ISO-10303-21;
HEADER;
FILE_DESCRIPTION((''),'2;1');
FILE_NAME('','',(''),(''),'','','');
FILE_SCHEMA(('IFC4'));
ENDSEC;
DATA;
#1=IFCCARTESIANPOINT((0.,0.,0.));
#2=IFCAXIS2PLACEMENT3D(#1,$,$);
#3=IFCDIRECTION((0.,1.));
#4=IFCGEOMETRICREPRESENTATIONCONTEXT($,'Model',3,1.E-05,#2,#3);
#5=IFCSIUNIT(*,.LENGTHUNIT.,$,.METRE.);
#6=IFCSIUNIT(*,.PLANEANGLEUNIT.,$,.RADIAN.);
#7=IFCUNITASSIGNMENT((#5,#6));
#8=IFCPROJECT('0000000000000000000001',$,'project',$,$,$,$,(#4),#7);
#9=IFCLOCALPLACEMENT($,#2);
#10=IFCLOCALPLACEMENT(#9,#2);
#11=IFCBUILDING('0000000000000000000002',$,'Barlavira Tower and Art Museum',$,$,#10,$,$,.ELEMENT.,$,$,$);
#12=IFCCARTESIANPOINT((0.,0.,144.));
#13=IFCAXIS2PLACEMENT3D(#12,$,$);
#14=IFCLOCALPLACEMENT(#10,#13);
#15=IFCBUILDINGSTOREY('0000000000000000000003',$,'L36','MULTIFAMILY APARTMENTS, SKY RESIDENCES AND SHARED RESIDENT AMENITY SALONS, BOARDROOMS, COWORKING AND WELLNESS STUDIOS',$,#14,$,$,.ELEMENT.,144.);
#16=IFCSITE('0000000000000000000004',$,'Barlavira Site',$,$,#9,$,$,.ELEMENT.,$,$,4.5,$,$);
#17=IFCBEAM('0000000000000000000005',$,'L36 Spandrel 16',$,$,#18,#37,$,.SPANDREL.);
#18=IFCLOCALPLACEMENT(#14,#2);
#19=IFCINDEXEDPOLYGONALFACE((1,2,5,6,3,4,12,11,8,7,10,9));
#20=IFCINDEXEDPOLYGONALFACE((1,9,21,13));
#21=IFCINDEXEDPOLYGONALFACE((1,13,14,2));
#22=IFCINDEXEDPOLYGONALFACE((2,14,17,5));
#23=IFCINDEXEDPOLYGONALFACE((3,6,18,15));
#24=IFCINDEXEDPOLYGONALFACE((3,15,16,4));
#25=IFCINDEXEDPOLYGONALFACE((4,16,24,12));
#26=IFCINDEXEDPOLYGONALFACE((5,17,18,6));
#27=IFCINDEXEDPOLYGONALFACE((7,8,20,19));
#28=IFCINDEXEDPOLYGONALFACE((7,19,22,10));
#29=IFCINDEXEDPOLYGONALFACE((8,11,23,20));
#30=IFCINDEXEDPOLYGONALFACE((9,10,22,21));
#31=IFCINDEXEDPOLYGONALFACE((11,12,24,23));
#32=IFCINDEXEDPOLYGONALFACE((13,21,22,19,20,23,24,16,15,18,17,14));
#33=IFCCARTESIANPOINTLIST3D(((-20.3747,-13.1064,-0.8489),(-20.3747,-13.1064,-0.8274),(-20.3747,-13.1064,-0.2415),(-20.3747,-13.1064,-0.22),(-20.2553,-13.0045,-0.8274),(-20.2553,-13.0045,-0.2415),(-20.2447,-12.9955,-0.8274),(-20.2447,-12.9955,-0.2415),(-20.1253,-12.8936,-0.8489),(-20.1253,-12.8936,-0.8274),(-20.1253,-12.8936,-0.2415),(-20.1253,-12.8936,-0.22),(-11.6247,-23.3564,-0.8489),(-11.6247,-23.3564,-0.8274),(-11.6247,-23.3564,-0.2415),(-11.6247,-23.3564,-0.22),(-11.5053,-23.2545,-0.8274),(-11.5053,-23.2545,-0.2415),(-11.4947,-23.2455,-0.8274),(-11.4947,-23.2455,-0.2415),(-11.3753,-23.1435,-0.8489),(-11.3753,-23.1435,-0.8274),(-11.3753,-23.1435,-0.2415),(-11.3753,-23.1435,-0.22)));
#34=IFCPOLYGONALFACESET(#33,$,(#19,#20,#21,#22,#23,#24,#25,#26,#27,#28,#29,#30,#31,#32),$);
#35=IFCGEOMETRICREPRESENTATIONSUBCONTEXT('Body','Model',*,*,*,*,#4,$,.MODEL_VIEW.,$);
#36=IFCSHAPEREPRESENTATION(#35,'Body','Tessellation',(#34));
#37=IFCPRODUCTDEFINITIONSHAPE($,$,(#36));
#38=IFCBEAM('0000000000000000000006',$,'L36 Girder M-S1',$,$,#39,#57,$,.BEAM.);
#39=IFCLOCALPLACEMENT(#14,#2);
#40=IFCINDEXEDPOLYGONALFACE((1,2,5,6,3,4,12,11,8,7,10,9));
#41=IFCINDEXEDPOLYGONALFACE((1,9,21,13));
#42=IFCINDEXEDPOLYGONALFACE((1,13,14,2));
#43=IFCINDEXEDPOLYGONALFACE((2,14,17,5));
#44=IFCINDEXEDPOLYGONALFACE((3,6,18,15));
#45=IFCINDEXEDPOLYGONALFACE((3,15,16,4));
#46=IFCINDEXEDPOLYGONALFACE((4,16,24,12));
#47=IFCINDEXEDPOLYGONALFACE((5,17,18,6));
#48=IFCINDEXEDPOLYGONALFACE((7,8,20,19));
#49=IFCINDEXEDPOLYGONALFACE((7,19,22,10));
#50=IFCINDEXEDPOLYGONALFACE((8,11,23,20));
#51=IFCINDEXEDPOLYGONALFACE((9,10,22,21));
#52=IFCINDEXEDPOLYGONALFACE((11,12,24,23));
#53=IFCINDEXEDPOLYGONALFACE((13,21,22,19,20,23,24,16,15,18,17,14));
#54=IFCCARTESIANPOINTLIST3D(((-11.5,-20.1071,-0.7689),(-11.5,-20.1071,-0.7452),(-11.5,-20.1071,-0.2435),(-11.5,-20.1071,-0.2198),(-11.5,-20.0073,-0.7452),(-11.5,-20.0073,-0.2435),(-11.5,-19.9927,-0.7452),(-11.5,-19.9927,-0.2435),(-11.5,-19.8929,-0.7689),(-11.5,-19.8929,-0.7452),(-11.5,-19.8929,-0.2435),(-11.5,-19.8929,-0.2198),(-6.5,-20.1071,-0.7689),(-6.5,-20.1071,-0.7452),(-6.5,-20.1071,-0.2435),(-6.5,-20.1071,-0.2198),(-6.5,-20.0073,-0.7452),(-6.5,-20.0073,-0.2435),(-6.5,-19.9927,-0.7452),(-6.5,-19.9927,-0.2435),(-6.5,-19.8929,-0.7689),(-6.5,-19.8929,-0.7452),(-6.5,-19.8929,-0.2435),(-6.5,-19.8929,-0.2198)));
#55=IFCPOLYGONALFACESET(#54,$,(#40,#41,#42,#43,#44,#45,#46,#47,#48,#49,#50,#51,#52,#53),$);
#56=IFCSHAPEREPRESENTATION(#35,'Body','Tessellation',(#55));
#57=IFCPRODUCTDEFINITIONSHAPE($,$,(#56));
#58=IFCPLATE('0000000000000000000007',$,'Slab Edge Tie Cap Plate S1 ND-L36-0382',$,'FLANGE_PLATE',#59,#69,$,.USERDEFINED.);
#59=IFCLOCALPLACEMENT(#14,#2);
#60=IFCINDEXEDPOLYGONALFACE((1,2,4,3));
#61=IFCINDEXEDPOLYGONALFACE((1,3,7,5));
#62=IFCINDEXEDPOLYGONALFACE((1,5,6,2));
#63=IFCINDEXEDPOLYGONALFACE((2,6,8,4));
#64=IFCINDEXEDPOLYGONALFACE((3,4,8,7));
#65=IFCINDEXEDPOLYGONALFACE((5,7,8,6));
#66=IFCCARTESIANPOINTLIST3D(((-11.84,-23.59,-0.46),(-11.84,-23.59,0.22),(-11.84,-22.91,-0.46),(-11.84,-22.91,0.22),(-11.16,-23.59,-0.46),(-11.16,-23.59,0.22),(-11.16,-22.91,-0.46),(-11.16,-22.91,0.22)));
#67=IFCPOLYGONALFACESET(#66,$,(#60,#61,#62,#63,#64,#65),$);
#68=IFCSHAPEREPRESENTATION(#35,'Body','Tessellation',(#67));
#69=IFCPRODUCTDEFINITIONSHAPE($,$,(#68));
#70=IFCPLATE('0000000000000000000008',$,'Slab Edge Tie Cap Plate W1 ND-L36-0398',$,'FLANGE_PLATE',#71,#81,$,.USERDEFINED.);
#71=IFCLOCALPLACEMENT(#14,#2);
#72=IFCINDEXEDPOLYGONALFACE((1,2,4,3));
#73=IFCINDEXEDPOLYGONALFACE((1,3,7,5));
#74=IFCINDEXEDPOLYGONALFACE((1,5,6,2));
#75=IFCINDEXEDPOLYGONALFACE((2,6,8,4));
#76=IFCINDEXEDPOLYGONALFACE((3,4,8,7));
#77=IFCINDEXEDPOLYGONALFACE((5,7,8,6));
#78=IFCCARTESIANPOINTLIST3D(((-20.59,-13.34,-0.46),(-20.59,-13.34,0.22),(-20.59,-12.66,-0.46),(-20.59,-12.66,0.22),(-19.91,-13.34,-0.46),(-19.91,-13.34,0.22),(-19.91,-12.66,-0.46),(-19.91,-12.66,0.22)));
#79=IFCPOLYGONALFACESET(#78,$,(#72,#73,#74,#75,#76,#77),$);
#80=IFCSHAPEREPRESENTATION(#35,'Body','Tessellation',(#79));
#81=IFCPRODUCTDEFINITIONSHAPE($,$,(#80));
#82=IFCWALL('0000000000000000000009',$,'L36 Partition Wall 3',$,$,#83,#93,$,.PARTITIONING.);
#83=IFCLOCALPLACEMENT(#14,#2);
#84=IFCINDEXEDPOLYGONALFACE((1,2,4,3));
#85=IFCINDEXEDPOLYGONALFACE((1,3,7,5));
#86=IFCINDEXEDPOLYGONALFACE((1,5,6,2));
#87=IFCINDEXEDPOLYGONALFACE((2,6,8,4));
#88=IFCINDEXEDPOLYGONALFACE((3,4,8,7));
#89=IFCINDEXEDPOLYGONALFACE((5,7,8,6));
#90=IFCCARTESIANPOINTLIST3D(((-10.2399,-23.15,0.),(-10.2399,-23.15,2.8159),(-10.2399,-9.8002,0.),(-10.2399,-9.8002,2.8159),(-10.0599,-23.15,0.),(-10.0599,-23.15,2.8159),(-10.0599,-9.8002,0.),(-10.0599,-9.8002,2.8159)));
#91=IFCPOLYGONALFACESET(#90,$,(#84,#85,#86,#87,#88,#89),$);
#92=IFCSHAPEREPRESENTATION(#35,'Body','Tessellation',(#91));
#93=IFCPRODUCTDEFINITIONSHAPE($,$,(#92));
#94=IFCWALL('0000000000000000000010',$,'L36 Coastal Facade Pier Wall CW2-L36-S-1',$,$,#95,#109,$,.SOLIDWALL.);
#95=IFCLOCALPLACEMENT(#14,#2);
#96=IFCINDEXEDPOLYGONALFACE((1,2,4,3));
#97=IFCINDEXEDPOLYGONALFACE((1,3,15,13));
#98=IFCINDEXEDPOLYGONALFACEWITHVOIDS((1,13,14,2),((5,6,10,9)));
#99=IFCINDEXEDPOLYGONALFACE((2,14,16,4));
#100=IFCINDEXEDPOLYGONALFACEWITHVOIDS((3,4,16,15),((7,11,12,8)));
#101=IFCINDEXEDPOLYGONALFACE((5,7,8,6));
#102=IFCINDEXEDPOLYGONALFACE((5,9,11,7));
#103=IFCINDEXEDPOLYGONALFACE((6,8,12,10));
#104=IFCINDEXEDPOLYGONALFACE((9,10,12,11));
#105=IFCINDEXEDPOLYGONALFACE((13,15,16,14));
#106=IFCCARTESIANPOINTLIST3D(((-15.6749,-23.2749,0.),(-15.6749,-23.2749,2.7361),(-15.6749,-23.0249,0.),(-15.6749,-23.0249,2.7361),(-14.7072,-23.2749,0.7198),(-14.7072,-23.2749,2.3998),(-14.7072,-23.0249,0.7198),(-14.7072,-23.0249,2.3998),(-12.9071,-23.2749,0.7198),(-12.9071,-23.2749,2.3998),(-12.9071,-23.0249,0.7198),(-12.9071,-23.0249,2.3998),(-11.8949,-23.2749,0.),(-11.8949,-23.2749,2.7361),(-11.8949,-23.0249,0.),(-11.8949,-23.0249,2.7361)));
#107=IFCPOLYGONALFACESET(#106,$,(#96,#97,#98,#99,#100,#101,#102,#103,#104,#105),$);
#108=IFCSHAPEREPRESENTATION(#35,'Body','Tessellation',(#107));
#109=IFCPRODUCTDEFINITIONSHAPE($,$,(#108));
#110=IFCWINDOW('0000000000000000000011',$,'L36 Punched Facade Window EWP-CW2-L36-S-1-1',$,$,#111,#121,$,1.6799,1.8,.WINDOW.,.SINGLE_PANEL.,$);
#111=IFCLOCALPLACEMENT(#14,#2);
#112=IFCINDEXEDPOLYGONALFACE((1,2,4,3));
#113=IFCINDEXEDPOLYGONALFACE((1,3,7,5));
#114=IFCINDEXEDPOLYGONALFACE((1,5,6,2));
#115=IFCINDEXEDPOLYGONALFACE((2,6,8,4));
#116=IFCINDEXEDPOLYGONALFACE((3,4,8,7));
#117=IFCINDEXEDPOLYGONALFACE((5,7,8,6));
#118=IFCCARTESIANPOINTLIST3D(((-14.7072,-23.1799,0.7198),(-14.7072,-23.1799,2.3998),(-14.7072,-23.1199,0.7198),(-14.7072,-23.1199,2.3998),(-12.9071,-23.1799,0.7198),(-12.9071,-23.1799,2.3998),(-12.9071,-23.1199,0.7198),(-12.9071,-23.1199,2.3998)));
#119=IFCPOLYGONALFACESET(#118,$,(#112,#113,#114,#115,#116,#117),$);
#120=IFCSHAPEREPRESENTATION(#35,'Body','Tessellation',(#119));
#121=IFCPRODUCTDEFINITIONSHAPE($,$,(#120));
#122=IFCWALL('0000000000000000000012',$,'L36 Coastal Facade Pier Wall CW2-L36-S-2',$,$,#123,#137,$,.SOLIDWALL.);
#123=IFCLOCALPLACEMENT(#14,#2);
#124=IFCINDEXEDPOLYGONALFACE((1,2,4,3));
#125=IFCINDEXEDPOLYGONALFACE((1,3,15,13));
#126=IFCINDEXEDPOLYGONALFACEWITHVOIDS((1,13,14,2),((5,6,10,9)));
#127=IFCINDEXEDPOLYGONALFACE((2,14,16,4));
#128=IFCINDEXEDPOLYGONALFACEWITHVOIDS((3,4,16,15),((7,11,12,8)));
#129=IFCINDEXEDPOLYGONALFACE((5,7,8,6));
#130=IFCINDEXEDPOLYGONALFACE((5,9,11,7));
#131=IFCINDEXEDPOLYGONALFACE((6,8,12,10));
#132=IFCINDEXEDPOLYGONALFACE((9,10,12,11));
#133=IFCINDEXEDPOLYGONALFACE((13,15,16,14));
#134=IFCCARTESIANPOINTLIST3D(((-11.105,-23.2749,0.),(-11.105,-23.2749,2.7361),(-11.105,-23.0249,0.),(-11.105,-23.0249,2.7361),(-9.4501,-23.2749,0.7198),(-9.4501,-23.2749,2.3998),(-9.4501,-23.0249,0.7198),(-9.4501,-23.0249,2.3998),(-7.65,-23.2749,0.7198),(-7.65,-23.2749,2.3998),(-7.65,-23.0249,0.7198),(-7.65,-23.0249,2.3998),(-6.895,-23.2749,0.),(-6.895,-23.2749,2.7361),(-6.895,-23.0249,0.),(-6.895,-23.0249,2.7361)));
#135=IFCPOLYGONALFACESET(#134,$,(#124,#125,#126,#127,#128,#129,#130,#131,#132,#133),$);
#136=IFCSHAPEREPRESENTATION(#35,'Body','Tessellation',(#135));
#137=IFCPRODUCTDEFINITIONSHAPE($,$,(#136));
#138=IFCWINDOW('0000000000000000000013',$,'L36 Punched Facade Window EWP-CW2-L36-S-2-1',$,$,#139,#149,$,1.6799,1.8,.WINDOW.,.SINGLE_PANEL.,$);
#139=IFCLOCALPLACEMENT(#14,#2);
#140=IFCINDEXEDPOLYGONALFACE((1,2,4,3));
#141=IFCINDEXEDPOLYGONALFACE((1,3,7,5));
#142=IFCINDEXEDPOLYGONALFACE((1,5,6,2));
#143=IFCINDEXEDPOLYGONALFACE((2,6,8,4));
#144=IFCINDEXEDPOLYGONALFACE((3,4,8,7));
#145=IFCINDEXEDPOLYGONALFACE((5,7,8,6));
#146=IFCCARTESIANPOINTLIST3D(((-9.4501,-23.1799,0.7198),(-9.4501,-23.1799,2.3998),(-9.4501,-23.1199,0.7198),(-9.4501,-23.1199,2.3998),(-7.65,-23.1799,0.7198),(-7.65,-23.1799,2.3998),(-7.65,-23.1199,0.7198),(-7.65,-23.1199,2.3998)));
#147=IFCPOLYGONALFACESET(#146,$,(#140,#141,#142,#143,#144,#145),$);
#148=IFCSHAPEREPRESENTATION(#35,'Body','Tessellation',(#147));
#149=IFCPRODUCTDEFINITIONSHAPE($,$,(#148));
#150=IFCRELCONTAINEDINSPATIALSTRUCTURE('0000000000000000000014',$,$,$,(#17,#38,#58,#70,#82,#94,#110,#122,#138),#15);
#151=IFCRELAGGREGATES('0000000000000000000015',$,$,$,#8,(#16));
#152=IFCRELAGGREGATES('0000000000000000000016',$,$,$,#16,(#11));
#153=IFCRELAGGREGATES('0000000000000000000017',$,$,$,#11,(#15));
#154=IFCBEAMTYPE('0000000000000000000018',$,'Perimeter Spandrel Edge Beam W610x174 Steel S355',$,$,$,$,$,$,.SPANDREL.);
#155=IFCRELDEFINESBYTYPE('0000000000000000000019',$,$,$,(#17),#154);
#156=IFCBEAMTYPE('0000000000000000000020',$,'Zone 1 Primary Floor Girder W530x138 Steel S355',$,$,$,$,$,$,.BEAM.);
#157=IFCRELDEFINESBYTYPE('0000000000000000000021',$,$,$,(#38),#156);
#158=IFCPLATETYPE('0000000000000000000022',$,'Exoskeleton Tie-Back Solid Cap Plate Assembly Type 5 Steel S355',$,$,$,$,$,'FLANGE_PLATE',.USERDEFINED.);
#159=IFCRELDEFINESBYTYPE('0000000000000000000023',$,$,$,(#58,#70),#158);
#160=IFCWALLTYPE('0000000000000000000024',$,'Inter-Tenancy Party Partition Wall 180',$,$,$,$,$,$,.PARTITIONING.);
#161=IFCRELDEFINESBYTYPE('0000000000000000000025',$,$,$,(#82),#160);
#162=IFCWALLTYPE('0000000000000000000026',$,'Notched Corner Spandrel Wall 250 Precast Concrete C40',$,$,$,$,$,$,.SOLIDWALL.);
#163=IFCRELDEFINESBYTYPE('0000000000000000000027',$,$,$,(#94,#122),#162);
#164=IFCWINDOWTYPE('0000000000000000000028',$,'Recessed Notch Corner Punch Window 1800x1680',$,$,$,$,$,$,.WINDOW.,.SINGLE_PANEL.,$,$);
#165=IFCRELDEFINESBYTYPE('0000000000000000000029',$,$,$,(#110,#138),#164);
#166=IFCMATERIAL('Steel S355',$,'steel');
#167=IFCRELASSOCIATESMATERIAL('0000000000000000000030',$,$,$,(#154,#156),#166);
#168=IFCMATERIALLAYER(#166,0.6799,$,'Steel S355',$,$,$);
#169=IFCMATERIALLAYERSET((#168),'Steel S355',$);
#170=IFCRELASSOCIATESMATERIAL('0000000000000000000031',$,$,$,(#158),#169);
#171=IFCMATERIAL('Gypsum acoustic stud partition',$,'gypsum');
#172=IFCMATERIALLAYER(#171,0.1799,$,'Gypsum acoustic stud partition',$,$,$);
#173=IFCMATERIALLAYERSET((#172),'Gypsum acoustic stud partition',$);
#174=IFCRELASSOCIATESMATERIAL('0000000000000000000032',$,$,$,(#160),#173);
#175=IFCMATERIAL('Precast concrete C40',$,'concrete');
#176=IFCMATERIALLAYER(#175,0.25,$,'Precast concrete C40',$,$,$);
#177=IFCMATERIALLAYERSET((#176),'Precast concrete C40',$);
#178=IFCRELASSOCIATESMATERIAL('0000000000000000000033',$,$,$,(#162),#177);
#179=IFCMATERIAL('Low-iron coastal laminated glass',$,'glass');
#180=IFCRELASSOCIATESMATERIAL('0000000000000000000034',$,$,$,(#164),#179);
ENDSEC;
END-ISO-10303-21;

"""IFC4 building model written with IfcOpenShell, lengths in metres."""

from ifc_helpers import new_model, si_unit, direction, frame, frame_2d, origin, origin_2d, place, context, subcontext, project, spatial, rectangle, i_section, extrude, material, layer, layer_set, material_profile, profile_set, type_object, element, fill, save


model = new_model("IFC4")

# Units and contexts
model_context = context("Model", 3, precision=1e-05, world=origin(), true_north=direction((0.0, 1.0)))
body_context = subcontext(model_context, "Body", "Model", "MODEL_VIEW")
ifc_project = project(units=[si_unit("LENGTHUNIT", "METRE"), si_unit("PLANEANGLEUNIT", "RADIAN")], contexts=[model_context])

# Site, building, storey
site_placement = place(None, origin())
site = spatial("IfcSite", under=ifc_project, at=site_placement, Name="Barlavira Site", CompositionType="ELEMENT", RefElevation=4.5)
building_placement = place(site_placement, origin())
building = spatial("IfcBuilding", under=site, at=building_placement, Name="Barlavira Tower and Art Museum", CompositionType="ELEMENT")
storey_placement = place(building_placement, frame((0.0, 0.0, 144.0)))
storey = spatial("IfcBuildingStorey", under=building, at=storey_placement, Name="L36", Description="MULTIFAMILY APARTMENTS, SKY RESIDENCES AND SHARED RESIDENT AMENITY SALONS, BOARDROOMS, COWORKING AND WELLNESS STUDIOS", CompositionType="ELEMENT", Elevation=144.0)

# Shared definitions
ifc_material_1 = material(Name="Steel S355", Category="steel")

# Beams
ifc_material_profile_1 = material_profile(ifc_material_1, i_section(OverallWidth=0.3279, OverallDepth=0.6289, WebThickness=0.0139, FlangeThickness=0.0215, at=origin_2d()), Name="W610x174.0")
ifc_profile_set_1 = profile_set([ifc_material_profile_1], Name="Steel S355")
beam_type_1 = type_object("IfcBeamType", Name="Perimeter Spandrel Edge Beam W610x174 Steel S355", PredefinedType="SPANDREL", material=ifc_profile_set_1)
beam_1_placement = place(storey_placement, frame((-20.25, -13.0, -0.5344), z_axis=(0.649262, -0.760565, 0.0), x_axis=(0.760565, 0.649262, 0.0)))
element("IfcBeam", 1, at=beam_1_placement, inside=storey, type_object=beam_type_1, Name="L36 Spandrel 16", PredefinedType="SPANDREL", context=body_context, shape_type="SweptSolid", body=[
    extrude(i_section(OverallWidth=0.3279, OverallDepth=0.6289, WebThickness=0.0139, FlangeThickness=0.0215, at=origin_2d()), origin(), (0.0, 0.0, 1.0), 13.4768),
])
ifc_material_profile_2 = material_profile(ifc_material_1, i_section(OverallWidth=0.2141, OverallDepth=0.5491, WebThickness=0.0146, FlangeThickness=0.0237, at=origin_2d()), Name="W530x138.0")
ifc_profile_set_2 = profile_set([ifc_material_profile_2], Name="Steel S355")
beam_type_2 = type_object("IfcBeamType", Name="Zone 1 Primary Floor Girder W530x138 Steel S355", PredefinedType="BEAM", material=ifc_profile_set_2)
beam_2_placement = place(storey_placement, frame((-11.5, -20.0, -0.4944), z_axis=(1.0, 0.0, 0.0), x_axis=(0.0, 1.0, 0.0)))
element("IfcBeam", 2, at=beam_2_placement, inside=storey, type_object=beam_type_2, Name="L36 Girder M-S1", PredefinedType="BEAM", context=body_context, shape_type="SweptSolid", body=[
    extrude(i_section(OverallWidth=0.2141, OverallDepth=0.5491, WebThickness=0.0146, FlangeThickness=0.0237, at=origin_2d()), origin(), (0.0, 0.0, 1.0), 5.0),
])

# Plates
ifc_layer_1 = layer(ifc_material_1, 0.6799, Name="Steel S355")
ifc_layer_set_1 = layer_set([ifc_layer_1], Name="Steel S355")
plate_type = type_object("IfcPlateType", Name="Exoskeleton Tie-Back Solid Cap Plate Assembly Type 5 Steel S355", ElementType="FLANGE_PLATE", PredefinedType="USERDEFINED", material=ifc_layer_set_1)
for number, where, z_axis, x_axis, name in (
    (3, (-11.5, -23.25, -0.46), (0.0, 0.0, 1.0), (1.0, 0.0, 0.0), "Slab Edge Tie Cap Plate S1 ND-L36-0382"),
    (4, (-20.25, -13.0, -0.46), (0.0, 0.0, 1.0), (1.0, 0.0, 0.0), "Slab Edge Tie Cap Plate W1 ND-L36-0398"),
):
    element("IfcPlate", number, at=place(storey_placement, frame(where, z_axis=z_axis, x_axis=x_axis)), inside=storey, type_object=plate_type, Name=name, ObjectType="FLANGE_PLATE", PredefinedType="USERDEFINED", context=body_context, shape_type="SweptSolid", body=[
        extrude(rectangle(XDim=0.6799, YDim=0.6799, at=origin_2d()), origin(), (0.0, 0.0, 1.0), 0.6799),
    ])

# Wall
ifc_material_2 = material(Name="Gypsum acoustic stud partition", Category="gypsum")
ifc_layer_2 = layer(ifc_material_2, 0.1799, Name="Gypsum acoustic stud partition")
ifc_layer_set_2 = layer_set([ifc_layer_2], Name="Gypsum acoustic stud partition")
wall_type_1 = type_object("IfcWallType", Name="Inter-Tenancy Party Partition Wall 180", PredefinedType="PARTITIONING", material=ifc_layer_set_2)
wall_1_placement = place(storey_placement, frame((-10.1499, -23.1499, 0.0), z_axis=(0.0, 0.0, 1.0), x_axis=(0.0, 1.0, 0.0)))
element("IfcWall", 5, at=wall_1_placement, inside=storey, type_object=wall_type_1, Name="L36 Partition Wall 3", PredefinedType="PARTITIONING", context=body_context, shape_type="SweptSolid", body=[
    extrude(rectangle(XDim=13.3499, YDim=0.1799, at=frame_2d((6.6748, 0.0))), origin(), (0.0, 0.0, 1.0), 2.8159),
])

# Walls, openings, windows
ifc_material_3 = material(Name="Precast concrete C40", Category="concrete")
ifc_layer_3 = layer(ifc_material_3, 0.25, Name="Precast concrete C40")
ifc_layer_set_3 = layer_set([ifc_layer_3], Name="Precast concrete C40")
wall_type_2 = type_object("IfcWallType", Name="Notched Corner Spandrel Wall 250 Precast Concrete C40", PredefinedType="SOLIDWALL", material=ifc_layer_set_3)
wall_2_placement = place(storey_placement, frame((-15.675, -23.1499, 0.0), z_axis=(0.0, 0.0, 1.0), x_axis=(1.0, 0.0, 0.0)))
wall_2 = element("IfcWall", 6, at=wall_2_placement, inside=storey, type_object=wall_type_2, Name="L36 Coastal Facade Pier Wall CW2-L36-S-1", PredefinedType="SOLIDWALL", context=body_context, shape_type="SweptSolid", body=[
    extrude(rectangle(XDim=3.78, YDim=0.25, at=frame_2d((1.8901, 0.0))), origin(), (0.0, 0.0, 1.0), 2.7361),
])
opening_1_placement = place(wall_2_placement, frame((0.968, 0.0, 0.72)))
opening_1 = element("IfcOpeningElement", 7, at=opening_1_placement, cuts=wall_2, PredefinedType="OPENING", context=body_context, shape_type="SweptSolid", body=[
    extrude(rectangle(XDim=1.8, YDim=1.6799, at=frame_2d((0.8999, 0.8398))), frame((0.0, 0.135, 0.0), z_axis=(0.0, -1.0, 0.0), x_axis=(1.0, 0.0, 0.0)), (0.0, 0.0, 1.0), 0.27),
])
ifc_material_4 = material(Name="Low-iron coastal laminated glass", Category="glass")
window_type = type_object("IfcWindowType", Name="Recessed Notch Corner Punch Window 1800x1680", PartitioningType="SINGLE_PANEL", PredefinedType="WINDOW", material=ifc_material_4)
window_1_placement = place(opening_1_placement, origin())
window_1 = element("IfcWindow", 8, at=window_1_placement, inside=storey, type_object=window_type, Name="L36 Punched Facade Window EWP-CW2-L36-S-1-1", OverallHeight=1.6799, OverallWidth=1.8, PartitioningType="SINGLE_PANEL", PredefinedType="WINDOW", context=body_context, shape_type="SweptSolid", body=[
    extrude(rectangle(XDim=1.8, YDim=1.6799, at=frame_2d((0.8999, 0.8398))), frame((0.0, 0.03, 0.0), z_axis=(0.0, -1.0, 0.0), x_axis=(1.0, 0.0, 0.0)), (0.0, 0.0, 1.0), 0.0601),
])
fill(opening_1, window_1)
wall_3_placement = place(storey_placement, frame((-11.105, -23.1499, 0.0), z_axis=(0.0, 0.0, 1.0), x_axis=(1.0, 0.0, 0.0)))
wall_3 = element("IfcWall", 9, at=wall_3_placement, inside=storey, type_object=wall_type_2, Name="L36 Coastal Facade Pier Wall CW2-L36-S-2", PredefinedType="SOLIDWALL", context=body_context, shape_type="SweptSolid", body=[
    extrude(rectangle(XDim=4.21, YDim=0.25, at=frame_2d((2.105, 0.0))), origin(), (0.0, 0.0, 1.0), 2.7361),
])
opening_2_placement = place(wall_3_placement, frame((1.655, 0.0, 0.72)))
opening_2 = element("IfcOpeningElement", 10, at=opening_2_placement, cuts=wall_3, PredefinedType="OPENING", context=body_context, shape_type="SweptSolid", body=[
    extrude(rectangle(XDim=1.8, YDim=1.6799, at=frame_2d((0.8999, 0.8398))), frame((0.0, 0.135, 0.0), z_axis=(0.0, -1.0, 0.0), x_axis=(1.0, 0.0, 0.0)), (0.0, 0.0, 1.0), 0.27),
])
window_2_placement = place(opening_2_placement, origin())
window_2 = element("IfcWindow", 11, at=window_2_placement, inside=storey, type_object=window_type, Name="L36 Punched Facade Window EWP-CW2-L36-S-2-1", OverallHeight=1.6799, OverallWidth=1.8, PartitioningType="SINGLE_PANEL", PredefinedType="WINDOW", context=body_context, shape_type="SweptSolid", body=[
    extrude(rectangle(XDim=1.8, YDim=1.6799, at=frame_2d((0.8999, 0.8398))), frame((0.0, 0.03, 0.0), z_axis=(0.0, -1.0, 0.0), x_axis=(1.0, 0.0, 0.0)), (0.0, 0.0, 1.0), 0.0601),
])
fill(opening_2, window_2)

save(model, "model.ifc")
